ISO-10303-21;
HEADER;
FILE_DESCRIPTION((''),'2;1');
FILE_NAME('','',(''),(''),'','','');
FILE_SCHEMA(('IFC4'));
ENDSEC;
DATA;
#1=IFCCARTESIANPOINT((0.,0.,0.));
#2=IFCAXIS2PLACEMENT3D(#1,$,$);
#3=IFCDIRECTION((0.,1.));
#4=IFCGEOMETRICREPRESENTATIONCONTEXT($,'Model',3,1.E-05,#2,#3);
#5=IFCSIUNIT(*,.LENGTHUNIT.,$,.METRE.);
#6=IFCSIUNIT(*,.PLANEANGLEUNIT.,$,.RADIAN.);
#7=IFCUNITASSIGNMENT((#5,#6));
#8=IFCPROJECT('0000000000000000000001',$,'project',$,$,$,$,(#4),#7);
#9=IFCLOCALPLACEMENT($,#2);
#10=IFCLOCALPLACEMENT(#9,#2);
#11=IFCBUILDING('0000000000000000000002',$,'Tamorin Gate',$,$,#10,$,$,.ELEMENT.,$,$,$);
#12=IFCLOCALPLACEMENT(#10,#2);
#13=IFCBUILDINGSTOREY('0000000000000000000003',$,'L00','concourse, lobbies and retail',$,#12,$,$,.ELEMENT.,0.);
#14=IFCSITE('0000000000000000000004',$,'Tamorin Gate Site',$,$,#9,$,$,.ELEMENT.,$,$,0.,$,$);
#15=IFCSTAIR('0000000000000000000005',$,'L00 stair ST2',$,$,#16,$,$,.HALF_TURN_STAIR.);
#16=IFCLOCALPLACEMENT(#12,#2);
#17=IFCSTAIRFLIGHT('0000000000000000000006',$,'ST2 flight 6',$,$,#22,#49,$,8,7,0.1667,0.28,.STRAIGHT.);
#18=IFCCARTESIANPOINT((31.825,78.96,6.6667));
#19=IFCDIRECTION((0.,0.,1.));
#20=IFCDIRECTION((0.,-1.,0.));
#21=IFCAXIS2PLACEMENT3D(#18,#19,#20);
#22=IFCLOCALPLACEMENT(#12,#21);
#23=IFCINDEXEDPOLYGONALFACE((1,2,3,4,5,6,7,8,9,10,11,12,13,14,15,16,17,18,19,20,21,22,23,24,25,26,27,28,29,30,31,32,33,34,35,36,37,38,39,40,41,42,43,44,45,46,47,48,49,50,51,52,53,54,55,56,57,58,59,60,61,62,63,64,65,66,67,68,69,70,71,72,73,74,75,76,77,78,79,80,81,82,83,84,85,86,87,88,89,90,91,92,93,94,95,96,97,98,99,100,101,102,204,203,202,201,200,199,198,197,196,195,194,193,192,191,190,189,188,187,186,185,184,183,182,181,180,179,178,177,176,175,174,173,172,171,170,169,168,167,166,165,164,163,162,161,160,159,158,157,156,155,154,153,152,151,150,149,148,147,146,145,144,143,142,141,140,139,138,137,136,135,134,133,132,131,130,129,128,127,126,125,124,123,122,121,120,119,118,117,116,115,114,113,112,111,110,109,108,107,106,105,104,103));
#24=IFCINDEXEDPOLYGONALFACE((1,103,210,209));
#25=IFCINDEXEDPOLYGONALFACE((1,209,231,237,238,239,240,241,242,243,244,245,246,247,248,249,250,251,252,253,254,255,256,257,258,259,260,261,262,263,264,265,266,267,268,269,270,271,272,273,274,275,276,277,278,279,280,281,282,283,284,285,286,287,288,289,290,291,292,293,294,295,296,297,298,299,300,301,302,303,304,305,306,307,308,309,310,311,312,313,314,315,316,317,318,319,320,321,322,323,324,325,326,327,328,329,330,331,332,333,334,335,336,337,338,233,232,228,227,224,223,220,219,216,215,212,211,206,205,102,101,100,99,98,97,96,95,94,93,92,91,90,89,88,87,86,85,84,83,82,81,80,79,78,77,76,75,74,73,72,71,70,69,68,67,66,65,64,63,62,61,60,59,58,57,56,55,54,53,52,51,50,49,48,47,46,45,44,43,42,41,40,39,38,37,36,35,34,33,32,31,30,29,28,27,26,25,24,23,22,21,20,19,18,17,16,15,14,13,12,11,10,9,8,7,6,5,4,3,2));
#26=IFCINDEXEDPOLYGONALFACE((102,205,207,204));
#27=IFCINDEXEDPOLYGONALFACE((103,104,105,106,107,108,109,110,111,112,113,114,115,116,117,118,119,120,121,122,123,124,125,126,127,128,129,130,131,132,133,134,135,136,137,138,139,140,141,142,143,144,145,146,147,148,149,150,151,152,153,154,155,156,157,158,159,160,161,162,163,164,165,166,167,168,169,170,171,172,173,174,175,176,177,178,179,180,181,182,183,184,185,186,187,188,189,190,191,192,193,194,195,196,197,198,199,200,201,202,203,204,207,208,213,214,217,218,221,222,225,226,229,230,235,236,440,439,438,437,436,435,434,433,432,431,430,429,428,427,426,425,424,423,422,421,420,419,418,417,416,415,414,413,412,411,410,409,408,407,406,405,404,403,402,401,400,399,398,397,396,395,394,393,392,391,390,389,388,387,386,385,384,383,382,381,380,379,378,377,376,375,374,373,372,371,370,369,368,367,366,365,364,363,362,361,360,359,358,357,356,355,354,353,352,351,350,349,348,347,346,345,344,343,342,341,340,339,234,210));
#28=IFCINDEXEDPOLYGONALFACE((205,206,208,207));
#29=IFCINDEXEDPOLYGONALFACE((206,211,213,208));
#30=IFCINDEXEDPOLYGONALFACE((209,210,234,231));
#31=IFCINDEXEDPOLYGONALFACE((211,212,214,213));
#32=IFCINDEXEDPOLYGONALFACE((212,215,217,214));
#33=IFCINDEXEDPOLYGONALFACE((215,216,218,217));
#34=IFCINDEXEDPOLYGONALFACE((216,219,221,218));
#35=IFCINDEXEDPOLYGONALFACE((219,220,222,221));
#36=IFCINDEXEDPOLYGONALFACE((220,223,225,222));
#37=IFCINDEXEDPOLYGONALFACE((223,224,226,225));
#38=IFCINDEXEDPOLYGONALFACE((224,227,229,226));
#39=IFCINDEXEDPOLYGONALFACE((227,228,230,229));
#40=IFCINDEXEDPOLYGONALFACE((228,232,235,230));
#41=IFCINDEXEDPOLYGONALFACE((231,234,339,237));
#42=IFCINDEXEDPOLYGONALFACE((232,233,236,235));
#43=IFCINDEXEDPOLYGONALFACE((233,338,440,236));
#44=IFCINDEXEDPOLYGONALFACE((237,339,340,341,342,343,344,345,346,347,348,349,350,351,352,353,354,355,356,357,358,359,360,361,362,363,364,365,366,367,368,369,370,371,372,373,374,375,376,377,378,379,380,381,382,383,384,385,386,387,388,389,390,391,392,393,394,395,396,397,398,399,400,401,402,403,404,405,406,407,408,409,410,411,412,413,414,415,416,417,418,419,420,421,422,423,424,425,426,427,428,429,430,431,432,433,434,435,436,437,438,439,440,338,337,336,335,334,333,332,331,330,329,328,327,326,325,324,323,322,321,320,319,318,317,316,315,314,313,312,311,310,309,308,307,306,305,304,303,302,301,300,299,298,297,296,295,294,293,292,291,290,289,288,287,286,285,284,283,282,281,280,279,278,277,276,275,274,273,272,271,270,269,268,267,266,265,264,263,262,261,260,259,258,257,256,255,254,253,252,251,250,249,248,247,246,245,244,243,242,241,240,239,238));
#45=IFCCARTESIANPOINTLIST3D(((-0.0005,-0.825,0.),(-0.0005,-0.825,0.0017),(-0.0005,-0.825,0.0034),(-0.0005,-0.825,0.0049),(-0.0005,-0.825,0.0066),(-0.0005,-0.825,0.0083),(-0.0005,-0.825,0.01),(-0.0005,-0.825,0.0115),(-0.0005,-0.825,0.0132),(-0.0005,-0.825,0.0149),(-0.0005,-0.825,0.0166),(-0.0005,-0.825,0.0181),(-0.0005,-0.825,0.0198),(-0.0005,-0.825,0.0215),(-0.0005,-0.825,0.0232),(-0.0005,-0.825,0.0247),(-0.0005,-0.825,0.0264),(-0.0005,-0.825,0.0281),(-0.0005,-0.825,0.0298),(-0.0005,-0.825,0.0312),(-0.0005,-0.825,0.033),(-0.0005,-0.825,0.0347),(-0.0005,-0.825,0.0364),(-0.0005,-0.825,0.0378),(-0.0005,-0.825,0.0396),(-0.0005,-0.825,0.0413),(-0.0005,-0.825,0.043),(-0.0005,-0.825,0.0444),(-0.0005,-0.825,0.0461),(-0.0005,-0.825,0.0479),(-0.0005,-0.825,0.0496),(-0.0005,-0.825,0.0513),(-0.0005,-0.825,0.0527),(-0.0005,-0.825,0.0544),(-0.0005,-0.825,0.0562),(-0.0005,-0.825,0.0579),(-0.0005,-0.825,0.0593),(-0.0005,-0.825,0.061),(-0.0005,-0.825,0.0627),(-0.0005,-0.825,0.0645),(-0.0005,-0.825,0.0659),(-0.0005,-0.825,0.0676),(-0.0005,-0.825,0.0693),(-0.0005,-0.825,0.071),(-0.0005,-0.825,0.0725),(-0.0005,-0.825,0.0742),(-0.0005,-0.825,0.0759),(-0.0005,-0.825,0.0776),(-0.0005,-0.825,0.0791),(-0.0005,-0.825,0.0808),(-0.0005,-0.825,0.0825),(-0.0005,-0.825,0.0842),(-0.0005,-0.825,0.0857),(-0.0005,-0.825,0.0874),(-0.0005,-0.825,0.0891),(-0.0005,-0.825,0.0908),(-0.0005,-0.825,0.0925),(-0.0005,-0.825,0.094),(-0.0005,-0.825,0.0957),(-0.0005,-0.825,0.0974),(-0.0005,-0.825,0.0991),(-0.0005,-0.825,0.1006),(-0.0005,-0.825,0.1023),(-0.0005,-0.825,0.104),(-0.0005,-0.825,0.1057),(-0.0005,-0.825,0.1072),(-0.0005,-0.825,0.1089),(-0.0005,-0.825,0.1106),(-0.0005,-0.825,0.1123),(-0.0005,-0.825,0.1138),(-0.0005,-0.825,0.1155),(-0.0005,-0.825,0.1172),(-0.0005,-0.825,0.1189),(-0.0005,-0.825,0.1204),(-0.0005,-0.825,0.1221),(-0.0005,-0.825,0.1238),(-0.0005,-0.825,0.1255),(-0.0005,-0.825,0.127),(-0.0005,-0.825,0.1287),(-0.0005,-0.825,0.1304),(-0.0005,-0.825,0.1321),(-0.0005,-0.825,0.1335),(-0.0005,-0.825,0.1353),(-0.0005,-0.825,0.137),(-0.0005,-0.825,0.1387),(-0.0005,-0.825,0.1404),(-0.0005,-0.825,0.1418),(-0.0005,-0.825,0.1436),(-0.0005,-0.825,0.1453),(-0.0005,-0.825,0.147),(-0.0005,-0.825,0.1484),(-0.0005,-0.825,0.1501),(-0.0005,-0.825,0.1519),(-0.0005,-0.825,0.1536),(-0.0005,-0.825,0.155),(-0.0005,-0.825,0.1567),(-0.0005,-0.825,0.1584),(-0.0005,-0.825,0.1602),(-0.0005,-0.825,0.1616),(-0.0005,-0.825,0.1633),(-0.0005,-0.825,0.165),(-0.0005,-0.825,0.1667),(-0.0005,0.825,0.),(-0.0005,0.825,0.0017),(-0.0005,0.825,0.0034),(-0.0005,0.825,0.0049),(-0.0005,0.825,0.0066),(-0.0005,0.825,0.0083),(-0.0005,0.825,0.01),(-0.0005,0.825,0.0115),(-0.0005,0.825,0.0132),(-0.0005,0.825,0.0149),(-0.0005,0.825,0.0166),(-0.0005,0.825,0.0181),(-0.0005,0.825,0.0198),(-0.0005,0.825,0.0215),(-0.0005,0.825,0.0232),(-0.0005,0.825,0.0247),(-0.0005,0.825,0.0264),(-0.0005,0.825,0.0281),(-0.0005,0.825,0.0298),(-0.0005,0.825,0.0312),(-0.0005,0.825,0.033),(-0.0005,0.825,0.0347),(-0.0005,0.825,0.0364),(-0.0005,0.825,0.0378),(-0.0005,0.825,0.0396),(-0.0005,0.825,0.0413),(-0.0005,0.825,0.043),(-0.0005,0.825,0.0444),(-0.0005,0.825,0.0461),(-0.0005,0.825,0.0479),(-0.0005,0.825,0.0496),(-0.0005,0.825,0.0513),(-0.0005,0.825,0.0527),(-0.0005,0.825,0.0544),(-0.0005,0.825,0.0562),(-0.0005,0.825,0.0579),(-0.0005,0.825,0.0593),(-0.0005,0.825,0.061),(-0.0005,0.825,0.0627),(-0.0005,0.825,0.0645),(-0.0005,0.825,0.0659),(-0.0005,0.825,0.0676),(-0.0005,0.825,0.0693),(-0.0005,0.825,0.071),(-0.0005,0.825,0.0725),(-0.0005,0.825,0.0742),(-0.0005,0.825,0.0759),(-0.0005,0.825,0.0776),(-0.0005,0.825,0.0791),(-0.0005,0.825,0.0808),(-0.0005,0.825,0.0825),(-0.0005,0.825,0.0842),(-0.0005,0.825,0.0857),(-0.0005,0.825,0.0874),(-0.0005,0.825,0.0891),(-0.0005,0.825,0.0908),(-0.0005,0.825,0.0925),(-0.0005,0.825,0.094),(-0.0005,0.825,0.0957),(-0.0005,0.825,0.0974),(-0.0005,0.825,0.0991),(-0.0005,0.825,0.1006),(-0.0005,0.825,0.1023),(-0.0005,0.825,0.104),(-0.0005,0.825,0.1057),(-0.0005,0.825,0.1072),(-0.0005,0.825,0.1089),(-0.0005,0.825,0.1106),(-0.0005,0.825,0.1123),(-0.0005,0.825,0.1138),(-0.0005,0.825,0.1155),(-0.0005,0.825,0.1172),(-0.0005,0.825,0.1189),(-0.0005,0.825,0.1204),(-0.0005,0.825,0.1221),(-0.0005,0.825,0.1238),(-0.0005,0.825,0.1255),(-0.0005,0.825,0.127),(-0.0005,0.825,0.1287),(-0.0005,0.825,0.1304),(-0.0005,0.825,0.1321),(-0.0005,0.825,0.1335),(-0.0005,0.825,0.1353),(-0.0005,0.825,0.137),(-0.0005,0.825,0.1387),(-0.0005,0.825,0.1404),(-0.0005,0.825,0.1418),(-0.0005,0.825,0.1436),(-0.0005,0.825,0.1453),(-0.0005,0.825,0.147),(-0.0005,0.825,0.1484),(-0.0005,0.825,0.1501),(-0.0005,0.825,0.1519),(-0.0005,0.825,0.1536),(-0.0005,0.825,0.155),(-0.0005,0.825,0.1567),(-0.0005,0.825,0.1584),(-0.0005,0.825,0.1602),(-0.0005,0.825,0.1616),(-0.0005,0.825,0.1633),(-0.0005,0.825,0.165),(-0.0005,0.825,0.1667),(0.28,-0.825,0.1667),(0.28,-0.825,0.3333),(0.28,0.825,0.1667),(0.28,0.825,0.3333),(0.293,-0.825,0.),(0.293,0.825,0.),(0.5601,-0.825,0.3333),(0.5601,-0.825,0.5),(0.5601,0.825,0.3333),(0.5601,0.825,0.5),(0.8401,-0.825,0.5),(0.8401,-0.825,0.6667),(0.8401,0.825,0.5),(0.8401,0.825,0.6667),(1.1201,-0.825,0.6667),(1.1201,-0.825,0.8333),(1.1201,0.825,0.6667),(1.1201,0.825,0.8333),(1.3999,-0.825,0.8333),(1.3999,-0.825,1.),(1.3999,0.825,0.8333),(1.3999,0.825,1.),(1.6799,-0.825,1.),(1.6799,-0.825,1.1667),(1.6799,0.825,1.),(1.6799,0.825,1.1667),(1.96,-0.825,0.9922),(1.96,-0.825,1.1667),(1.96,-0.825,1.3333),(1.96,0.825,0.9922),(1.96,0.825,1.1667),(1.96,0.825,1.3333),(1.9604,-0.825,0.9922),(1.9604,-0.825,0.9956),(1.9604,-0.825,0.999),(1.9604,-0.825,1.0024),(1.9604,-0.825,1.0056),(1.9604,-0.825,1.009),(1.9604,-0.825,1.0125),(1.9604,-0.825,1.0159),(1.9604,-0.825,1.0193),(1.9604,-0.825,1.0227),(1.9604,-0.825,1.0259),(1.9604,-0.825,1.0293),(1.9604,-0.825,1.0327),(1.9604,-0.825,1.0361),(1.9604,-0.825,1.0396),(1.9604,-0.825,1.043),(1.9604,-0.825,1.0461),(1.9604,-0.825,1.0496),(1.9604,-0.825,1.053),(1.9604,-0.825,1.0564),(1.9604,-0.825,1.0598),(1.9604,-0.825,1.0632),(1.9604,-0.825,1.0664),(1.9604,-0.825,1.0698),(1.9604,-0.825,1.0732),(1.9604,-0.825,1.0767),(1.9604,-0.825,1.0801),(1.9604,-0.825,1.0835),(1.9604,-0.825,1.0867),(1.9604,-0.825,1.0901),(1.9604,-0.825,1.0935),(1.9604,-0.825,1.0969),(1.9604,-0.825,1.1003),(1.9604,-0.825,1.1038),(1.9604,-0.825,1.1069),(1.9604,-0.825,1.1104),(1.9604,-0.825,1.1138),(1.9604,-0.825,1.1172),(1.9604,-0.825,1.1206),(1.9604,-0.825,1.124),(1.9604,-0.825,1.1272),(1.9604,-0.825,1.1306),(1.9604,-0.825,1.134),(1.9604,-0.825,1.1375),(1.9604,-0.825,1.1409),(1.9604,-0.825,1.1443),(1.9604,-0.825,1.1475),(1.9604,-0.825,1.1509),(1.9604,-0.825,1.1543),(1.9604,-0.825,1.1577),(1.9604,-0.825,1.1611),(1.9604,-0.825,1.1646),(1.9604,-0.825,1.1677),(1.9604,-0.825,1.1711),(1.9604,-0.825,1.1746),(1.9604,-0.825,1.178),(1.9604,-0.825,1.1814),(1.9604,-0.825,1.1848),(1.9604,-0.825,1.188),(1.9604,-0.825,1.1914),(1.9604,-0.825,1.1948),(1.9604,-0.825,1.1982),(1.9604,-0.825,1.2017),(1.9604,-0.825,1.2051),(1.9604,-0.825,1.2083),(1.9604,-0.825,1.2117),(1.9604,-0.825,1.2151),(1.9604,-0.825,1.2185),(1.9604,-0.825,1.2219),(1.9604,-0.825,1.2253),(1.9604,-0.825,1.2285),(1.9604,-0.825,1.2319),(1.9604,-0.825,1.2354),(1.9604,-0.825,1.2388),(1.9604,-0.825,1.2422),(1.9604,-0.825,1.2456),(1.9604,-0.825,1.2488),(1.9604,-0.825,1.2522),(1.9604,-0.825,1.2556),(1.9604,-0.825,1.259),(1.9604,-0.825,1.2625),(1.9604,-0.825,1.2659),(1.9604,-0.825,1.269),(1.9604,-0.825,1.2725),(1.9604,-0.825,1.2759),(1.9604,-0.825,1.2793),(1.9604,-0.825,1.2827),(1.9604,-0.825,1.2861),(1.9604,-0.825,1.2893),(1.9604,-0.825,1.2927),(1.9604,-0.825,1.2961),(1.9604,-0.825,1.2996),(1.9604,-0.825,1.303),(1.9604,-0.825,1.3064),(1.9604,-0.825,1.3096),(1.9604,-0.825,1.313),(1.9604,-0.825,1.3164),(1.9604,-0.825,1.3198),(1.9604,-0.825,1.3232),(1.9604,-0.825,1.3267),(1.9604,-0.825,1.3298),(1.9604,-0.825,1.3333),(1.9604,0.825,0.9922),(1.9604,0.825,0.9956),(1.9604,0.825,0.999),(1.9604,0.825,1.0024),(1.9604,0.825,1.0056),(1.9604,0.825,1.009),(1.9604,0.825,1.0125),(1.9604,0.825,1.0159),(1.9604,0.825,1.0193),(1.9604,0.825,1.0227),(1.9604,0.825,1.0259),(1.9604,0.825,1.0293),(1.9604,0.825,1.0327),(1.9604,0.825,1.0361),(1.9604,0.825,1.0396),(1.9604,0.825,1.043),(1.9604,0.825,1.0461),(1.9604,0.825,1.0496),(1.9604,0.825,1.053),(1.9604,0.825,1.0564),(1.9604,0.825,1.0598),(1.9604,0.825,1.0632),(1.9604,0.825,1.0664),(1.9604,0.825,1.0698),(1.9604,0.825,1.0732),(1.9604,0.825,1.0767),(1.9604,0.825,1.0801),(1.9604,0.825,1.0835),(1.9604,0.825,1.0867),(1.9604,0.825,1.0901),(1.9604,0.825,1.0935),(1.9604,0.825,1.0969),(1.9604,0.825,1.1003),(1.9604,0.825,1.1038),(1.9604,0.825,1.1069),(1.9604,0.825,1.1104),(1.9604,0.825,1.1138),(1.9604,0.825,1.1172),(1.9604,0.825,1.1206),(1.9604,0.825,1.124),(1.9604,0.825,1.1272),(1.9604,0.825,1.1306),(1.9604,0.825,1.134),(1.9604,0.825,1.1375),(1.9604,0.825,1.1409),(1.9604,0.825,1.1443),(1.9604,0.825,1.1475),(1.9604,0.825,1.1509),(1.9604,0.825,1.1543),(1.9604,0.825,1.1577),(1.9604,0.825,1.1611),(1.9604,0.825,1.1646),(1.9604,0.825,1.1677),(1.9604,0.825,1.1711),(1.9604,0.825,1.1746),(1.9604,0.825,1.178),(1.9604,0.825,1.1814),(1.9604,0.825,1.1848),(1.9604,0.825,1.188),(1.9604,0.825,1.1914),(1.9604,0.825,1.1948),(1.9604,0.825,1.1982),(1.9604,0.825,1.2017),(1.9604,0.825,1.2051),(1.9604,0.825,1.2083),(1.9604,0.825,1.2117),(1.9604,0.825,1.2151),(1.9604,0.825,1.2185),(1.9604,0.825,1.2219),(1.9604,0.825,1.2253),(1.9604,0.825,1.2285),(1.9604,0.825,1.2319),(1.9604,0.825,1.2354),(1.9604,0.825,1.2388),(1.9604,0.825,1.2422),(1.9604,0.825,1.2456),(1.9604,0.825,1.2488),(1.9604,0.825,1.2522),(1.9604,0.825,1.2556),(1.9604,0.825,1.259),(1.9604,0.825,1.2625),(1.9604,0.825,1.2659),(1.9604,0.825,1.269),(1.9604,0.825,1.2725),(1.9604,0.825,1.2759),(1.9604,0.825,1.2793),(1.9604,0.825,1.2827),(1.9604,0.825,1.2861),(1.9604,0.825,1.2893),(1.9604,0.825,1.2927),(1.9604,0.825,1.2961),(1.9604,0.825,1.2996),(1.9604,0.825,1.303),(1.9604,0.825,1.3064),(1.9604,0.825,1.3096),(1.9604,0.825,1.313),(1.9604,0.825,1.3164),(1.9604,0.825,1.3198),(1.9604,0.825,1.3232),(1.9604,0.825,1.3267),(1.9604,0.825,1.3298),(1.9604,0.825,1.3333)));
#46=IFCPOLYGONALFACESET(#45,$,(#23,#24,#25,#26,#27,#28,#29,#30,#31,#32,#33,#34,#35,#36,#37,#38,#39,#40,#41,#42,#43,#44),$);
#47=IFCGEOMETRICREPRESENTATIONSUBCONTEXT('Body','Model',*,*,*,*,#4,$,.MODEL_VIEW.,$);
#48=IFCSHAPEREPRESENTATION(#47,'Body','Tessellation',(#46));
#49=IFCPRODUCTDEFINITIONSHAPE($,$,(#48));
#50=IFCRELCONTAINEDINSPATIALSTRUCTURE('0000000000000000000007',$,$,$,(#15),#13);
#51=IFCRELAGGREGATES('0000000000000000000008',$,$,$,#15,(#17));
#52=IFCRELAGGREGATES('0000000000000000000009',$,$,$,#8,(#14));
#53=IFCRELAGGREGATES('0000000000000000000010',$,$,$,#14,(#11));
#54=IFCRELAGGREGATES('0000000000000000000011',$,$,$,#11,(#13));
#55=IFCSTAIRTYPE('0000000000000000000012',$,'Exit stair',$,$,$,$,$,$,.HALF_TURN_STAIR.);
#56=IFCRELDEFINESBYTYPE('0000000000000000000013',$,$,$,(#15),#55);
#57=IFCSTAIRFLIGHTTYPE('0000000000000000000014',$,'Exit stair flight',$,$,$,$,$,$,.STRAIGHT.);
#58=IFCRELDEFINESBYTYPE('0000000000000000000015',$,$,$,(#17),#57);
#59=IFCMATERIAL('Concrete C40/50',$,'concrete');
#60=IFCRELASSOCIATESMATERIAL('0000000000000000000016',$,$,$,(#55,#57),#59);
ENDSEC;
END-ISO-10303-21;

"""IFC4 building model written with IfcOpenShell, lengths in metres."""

from ifc_helpers import new_model, si_unit, direction, frame, origin, place, context, subcontext, project, spatial, polyline, outline, extrude, material, type_object, element, aggregate, save


model = new_model("IFC4")

# Units and contexts
model_context = context("Model", 3, precision=1e-05, world=origin(), true_north=direction((0.0, 1.0)))
body_context = subcontext(model_context, "Body", "Model", "MODEL_VIEW")
ifc_project = project(units=[si_unit("LENGTHUNIT", "METRE"), si_unit("PLANEANGLEUNIT", "RADIAN")], contexts=[model_context])

# Site, building, storey
site_placement = place(None, origin())
site = spatial("IfcSite", under=ifc_project, at=site_placement, Name="Tamorin Gate Site", CompositionType="ELEMENT", RefElevation=0.0)
building_placement = place(site_placement, origin())
building = spatial("IfcBuilding", under=site, at=building_placement, Name="Tamorin Gate", CompositionType="ELEMENT")
storey_placement = place(building_placement, origin())
storey = spatial("IfcBuildingStorey", under=building, at=storey_placement, Name="L00", Description="concourse, lobbies and retail", CompositionType="ELEMENT", Elevation=0.0)

# Shared definitions
ifc_material_1 = material(Name="Concrete C40/50", Category="concrete")

# Stair, stair flight
stair_type = type_object("IfcStairType", Name="Exit stair", PredefinedType="HALF_TURN_STAIR", material=ifc_material_1)
stair_placement = place(storey_placement, origin())
stair = element("IfcStair", 1, at=stair_placement, inside=storey, type_object=stair_type, Name="L00 stair ST2", PredefinedType="HALF_TURN_STAIR")
stair_flight_type = type_object("IfcStairFlightType", Name="Exit stair flight", PredefinedType="STRAIGHT", material=ifc_material_1)
stair_flight_1_placement = place(storey_placement, frame((31.825, 78.96, 6.6667), z_axis=(0.0, 0.0, 1.0), x_axis=(0.0, -1.0, 0.0)))
stair_flight_1 = element("IfcStairFlight", 2, at=stair_flight_1_placement, type_object=stair_flight_type, Name="ST2 flight 6", NumberOfRisers=8, NumberOfTreads=7, PredefinedType="STRAIGHT", RiserHeight=0.1667, TreadLength=0.28, context=body_context, shape_type="SweptSolid", body=[
    extrude(outline(polyline([(-0.0005, 0.0), (-0.0005, 0.0017), (-0.0005, 0.0034), (-0.0005, 0.0049), (-0.0005, 0.0066), (-0.0005, 0.0083), (-0.0005, 0.01), (-0.0005, 0.0115), (-0.0005, 0.0132), (-0.0005, 0.0149), (-0.0005, 0.0166), (-0.0005, 0.0181), (-0.0005, 0.0198), (-0.0005, 0.0215), (-0.0005, 0.0232), (-0.0005, 0.0247), (-0.0005, 0.0264), (-0.0005, 0.0281), (-0.0005, 0.0298), (-0.0005, 0.0312), (-0.0005, 0.033), (-0.0005, 0.0347), (-0.0005, 0.0364), (-0.0005, 0.0378), (-0.0005, 0.0396), (-0.0005, 0.0413), (-0.0005, 0.043), (-0.0005, 0.0444), (-0.0005, 0.0461), (-0.0005, 0.0479), (-0.0005, 0.0496), (-0.0005, 0.0513), (-0.0005, 0.0527), (-0.0005, 0.0544), (-0.0005, 0.0562), (-0.0005, 0.0579), (-0.0005, 0.0593), (-0.0005, 0.061), (-0.0005, 0.0627), (-0.0005, 0.0645), (-0.0005, 0.0659), (-0.0005, 0.0676), (-0.0005, 0.0693), (-0.0005, 0.071), (-0.0005, 0.0725), (-0.0005, 0.0742), (-0.0005, 0.0759), (-0.0005, 0.0776), (-0.0005, 0.0791), (-0.0005, 0.0808), (-0.0005, 0.0825), (-0.0005, 0.0842), (-0.0005, 0.0857), (-0.0005, 0.0874), (-0.0005, 0.0891), (-0.0005, 0.0908), (-0.0005, 0.0925), (-0.0005, 0.094), (-0.0005, 0.0957), (-0.0005, 0.0974), (-0.0005, 0.0991), (-0.0005, 0.1006), (-0.0005, 0.1023), (-0.0005, 0.104), (-0.0005, 0.1057), (-0.0005, 0.1072), (-0.0005, 0.1089), (-0.0005, 0.1106), (-0.0005, 0.1123), (-0.0005, 0.1138), (-0.0005, 0.1155), (-0.0005, 0.1172), (-0.0005, 0.1189), (-0.0005, 0.1204), (-0.0005, 0.1221), (-0.0005, 0.1238), (-0.0005, 0.1255), (-0.0005, 0.127), (-0.0005, 0.1287), (-0.0005, 0.1304), (-0.0005, 0.1321), (-0.0005, 0.1335), (-0.0005, 0.1353), (-0.0005, 0.137), (-0.0005, 0.1387), (-0.0005, 0.1404), (-0.0005, 0.1418), (-0.0005, 0.1436), (-0.0005, 0.1453), (-0.0005, 0.147), (-0.0005, 0.1484), (-0.0005, 0.1501), (-0.0005, 0.1519), (-0.0005, 0.1536), (-0.0005, 0.155), (-0.0005, 0.1567), (-0.0005, 0.1584), (-0.0005, 0.1602), (-0.0005, 0.1616), (-0.0005, 0.1633), (-0.0005, 0.165), (-0.0005, 0.1667), (0.28, 0.1667), (0.28, 0.3333), (0.5601, 0.3333), (0.5601, 0.5), (0.8401, 0.5), (0.8401, 0.6667), (1.1201, 0.6667), (1.1201, 0.8333), (1.3999, 0.8333), (1.3999, 1.0), (1.6799, 1.0), (1.6799, 1.1667), (1.96, 1.1667), (1.96, 1.3333), (1.9604, 1.3333), (1.9604, 1.3298), (1.9604, 1.3267), (1.9604, 1.3232), (1.9604, 1.3198), (1.9604, 1.3164), (1.9604, 1.313), (1.9604, 1.3096), (1.9604, 1.3064), (1.9604, 1.303), (1.9604, 1.2996), (1.9604, 1.2961), (1.9604, 1.2927), (1.9604, 1.2893), (1.9604, 1.2861), (1.9604, 1.2827), (1.9604, 1.2793), (1.9604, 1.2759), (1.9604, 1.2725), (1.9604, 1.269), (1.9604, 1.2659), (1.9604, 1.2625), (1.9604, 1.259), (1.9604, 1.2556), (1.9604, 1.2522), (1.9604, 1.2488), (1.9604, 1.2456), (1.9604, 1.2422), (1.9604, 1.2388), (1.9604, 1.2354), (1.9604, 1.2319), (1.9604, 1.2285), (1.9604, 1.2253), (1.9604, 1.2219), (1.9604, 1.2185), (1.9604, 1.2151), (1.9604, 1.2117), (1.9604, 1.2083), (1.9604, 1.2051), (1.9604, 1.2017), (1.9604, 1.1982), (1.9604, 1.1948), (1.9604, 1.1914), (1.9604, 1.188), (1.9604, 1.1848), (1.9604, 1.1814), (1.9604, 1.178), (1.9604, 1.1746), (1.9604, 1.1711), (1.9604, 1.1677), (1.9604, 1.1646), (1.9604, 1.1611), (1.9604, 1.1577), (1.9604, 1.1543), (1.9604, 1.1509), (1.9604, 1.1475), (1.9604, 1.1443), (1.9604, 1.1409), (1.9604, 1.1375), (1.9604, 1.134), (1.9604, 1.1306), (1.9604, 1.1272), (1.9604, 1.124), (1.9604, 1.1206), (1.9604, 1.1172), (1.9604, 1.1138), (1.9604, 1.1104), (1.9604, 1.1069), (1.9604, 1.1038), (1.9604, 1.1003), (1.9604, 1.0969), (1.9604, 1.0935), (1.9604, 1.0901), (1.9604, 1.0867), (1.9604, 1.0835), (1.9604, 1.0801), (1.9604, 1.0767), (1.9604, 1.0732), (1.9604, 1.0698), (1.9604, 1.0664), (1.9604, 1.0632), (1.9604, 1.0598), (1.9604, 1.0564), (1.9604, 1.053), (1.9604, 1.0496), (1.9604, 1.0461), (1.9604, 1.043), (1.9604, 1.0396), (1.9604, 1.0361), (1.9604, 1.0327), (1.9604, 1.0293), (1.9604, 1.0259), (1.9604, 1.0227), (1.9604, 1.0193), (1.9604, 1.0159), (1.9604, 1.0125), (1.9604, 1.009), (1.9604, 1.0056), (1.9604, 1.0024), (1.9604, 0.999), (1.9604, 0.9956), (1.9604, 0.9922), (1.96, 0.9922), (0.293, 0.0), (-0.0005, 0.0)])), frame((0.0, 0.825, 0.0), z_axis=(0.0, -1.0, 0.0), x_axis=(1.0, 0.0, 0.0)), (0.0, 0.0, 1.0), 1.6499),
])
aggregate(stair, [stair_flight_1])

save(model, "model.ifc")
